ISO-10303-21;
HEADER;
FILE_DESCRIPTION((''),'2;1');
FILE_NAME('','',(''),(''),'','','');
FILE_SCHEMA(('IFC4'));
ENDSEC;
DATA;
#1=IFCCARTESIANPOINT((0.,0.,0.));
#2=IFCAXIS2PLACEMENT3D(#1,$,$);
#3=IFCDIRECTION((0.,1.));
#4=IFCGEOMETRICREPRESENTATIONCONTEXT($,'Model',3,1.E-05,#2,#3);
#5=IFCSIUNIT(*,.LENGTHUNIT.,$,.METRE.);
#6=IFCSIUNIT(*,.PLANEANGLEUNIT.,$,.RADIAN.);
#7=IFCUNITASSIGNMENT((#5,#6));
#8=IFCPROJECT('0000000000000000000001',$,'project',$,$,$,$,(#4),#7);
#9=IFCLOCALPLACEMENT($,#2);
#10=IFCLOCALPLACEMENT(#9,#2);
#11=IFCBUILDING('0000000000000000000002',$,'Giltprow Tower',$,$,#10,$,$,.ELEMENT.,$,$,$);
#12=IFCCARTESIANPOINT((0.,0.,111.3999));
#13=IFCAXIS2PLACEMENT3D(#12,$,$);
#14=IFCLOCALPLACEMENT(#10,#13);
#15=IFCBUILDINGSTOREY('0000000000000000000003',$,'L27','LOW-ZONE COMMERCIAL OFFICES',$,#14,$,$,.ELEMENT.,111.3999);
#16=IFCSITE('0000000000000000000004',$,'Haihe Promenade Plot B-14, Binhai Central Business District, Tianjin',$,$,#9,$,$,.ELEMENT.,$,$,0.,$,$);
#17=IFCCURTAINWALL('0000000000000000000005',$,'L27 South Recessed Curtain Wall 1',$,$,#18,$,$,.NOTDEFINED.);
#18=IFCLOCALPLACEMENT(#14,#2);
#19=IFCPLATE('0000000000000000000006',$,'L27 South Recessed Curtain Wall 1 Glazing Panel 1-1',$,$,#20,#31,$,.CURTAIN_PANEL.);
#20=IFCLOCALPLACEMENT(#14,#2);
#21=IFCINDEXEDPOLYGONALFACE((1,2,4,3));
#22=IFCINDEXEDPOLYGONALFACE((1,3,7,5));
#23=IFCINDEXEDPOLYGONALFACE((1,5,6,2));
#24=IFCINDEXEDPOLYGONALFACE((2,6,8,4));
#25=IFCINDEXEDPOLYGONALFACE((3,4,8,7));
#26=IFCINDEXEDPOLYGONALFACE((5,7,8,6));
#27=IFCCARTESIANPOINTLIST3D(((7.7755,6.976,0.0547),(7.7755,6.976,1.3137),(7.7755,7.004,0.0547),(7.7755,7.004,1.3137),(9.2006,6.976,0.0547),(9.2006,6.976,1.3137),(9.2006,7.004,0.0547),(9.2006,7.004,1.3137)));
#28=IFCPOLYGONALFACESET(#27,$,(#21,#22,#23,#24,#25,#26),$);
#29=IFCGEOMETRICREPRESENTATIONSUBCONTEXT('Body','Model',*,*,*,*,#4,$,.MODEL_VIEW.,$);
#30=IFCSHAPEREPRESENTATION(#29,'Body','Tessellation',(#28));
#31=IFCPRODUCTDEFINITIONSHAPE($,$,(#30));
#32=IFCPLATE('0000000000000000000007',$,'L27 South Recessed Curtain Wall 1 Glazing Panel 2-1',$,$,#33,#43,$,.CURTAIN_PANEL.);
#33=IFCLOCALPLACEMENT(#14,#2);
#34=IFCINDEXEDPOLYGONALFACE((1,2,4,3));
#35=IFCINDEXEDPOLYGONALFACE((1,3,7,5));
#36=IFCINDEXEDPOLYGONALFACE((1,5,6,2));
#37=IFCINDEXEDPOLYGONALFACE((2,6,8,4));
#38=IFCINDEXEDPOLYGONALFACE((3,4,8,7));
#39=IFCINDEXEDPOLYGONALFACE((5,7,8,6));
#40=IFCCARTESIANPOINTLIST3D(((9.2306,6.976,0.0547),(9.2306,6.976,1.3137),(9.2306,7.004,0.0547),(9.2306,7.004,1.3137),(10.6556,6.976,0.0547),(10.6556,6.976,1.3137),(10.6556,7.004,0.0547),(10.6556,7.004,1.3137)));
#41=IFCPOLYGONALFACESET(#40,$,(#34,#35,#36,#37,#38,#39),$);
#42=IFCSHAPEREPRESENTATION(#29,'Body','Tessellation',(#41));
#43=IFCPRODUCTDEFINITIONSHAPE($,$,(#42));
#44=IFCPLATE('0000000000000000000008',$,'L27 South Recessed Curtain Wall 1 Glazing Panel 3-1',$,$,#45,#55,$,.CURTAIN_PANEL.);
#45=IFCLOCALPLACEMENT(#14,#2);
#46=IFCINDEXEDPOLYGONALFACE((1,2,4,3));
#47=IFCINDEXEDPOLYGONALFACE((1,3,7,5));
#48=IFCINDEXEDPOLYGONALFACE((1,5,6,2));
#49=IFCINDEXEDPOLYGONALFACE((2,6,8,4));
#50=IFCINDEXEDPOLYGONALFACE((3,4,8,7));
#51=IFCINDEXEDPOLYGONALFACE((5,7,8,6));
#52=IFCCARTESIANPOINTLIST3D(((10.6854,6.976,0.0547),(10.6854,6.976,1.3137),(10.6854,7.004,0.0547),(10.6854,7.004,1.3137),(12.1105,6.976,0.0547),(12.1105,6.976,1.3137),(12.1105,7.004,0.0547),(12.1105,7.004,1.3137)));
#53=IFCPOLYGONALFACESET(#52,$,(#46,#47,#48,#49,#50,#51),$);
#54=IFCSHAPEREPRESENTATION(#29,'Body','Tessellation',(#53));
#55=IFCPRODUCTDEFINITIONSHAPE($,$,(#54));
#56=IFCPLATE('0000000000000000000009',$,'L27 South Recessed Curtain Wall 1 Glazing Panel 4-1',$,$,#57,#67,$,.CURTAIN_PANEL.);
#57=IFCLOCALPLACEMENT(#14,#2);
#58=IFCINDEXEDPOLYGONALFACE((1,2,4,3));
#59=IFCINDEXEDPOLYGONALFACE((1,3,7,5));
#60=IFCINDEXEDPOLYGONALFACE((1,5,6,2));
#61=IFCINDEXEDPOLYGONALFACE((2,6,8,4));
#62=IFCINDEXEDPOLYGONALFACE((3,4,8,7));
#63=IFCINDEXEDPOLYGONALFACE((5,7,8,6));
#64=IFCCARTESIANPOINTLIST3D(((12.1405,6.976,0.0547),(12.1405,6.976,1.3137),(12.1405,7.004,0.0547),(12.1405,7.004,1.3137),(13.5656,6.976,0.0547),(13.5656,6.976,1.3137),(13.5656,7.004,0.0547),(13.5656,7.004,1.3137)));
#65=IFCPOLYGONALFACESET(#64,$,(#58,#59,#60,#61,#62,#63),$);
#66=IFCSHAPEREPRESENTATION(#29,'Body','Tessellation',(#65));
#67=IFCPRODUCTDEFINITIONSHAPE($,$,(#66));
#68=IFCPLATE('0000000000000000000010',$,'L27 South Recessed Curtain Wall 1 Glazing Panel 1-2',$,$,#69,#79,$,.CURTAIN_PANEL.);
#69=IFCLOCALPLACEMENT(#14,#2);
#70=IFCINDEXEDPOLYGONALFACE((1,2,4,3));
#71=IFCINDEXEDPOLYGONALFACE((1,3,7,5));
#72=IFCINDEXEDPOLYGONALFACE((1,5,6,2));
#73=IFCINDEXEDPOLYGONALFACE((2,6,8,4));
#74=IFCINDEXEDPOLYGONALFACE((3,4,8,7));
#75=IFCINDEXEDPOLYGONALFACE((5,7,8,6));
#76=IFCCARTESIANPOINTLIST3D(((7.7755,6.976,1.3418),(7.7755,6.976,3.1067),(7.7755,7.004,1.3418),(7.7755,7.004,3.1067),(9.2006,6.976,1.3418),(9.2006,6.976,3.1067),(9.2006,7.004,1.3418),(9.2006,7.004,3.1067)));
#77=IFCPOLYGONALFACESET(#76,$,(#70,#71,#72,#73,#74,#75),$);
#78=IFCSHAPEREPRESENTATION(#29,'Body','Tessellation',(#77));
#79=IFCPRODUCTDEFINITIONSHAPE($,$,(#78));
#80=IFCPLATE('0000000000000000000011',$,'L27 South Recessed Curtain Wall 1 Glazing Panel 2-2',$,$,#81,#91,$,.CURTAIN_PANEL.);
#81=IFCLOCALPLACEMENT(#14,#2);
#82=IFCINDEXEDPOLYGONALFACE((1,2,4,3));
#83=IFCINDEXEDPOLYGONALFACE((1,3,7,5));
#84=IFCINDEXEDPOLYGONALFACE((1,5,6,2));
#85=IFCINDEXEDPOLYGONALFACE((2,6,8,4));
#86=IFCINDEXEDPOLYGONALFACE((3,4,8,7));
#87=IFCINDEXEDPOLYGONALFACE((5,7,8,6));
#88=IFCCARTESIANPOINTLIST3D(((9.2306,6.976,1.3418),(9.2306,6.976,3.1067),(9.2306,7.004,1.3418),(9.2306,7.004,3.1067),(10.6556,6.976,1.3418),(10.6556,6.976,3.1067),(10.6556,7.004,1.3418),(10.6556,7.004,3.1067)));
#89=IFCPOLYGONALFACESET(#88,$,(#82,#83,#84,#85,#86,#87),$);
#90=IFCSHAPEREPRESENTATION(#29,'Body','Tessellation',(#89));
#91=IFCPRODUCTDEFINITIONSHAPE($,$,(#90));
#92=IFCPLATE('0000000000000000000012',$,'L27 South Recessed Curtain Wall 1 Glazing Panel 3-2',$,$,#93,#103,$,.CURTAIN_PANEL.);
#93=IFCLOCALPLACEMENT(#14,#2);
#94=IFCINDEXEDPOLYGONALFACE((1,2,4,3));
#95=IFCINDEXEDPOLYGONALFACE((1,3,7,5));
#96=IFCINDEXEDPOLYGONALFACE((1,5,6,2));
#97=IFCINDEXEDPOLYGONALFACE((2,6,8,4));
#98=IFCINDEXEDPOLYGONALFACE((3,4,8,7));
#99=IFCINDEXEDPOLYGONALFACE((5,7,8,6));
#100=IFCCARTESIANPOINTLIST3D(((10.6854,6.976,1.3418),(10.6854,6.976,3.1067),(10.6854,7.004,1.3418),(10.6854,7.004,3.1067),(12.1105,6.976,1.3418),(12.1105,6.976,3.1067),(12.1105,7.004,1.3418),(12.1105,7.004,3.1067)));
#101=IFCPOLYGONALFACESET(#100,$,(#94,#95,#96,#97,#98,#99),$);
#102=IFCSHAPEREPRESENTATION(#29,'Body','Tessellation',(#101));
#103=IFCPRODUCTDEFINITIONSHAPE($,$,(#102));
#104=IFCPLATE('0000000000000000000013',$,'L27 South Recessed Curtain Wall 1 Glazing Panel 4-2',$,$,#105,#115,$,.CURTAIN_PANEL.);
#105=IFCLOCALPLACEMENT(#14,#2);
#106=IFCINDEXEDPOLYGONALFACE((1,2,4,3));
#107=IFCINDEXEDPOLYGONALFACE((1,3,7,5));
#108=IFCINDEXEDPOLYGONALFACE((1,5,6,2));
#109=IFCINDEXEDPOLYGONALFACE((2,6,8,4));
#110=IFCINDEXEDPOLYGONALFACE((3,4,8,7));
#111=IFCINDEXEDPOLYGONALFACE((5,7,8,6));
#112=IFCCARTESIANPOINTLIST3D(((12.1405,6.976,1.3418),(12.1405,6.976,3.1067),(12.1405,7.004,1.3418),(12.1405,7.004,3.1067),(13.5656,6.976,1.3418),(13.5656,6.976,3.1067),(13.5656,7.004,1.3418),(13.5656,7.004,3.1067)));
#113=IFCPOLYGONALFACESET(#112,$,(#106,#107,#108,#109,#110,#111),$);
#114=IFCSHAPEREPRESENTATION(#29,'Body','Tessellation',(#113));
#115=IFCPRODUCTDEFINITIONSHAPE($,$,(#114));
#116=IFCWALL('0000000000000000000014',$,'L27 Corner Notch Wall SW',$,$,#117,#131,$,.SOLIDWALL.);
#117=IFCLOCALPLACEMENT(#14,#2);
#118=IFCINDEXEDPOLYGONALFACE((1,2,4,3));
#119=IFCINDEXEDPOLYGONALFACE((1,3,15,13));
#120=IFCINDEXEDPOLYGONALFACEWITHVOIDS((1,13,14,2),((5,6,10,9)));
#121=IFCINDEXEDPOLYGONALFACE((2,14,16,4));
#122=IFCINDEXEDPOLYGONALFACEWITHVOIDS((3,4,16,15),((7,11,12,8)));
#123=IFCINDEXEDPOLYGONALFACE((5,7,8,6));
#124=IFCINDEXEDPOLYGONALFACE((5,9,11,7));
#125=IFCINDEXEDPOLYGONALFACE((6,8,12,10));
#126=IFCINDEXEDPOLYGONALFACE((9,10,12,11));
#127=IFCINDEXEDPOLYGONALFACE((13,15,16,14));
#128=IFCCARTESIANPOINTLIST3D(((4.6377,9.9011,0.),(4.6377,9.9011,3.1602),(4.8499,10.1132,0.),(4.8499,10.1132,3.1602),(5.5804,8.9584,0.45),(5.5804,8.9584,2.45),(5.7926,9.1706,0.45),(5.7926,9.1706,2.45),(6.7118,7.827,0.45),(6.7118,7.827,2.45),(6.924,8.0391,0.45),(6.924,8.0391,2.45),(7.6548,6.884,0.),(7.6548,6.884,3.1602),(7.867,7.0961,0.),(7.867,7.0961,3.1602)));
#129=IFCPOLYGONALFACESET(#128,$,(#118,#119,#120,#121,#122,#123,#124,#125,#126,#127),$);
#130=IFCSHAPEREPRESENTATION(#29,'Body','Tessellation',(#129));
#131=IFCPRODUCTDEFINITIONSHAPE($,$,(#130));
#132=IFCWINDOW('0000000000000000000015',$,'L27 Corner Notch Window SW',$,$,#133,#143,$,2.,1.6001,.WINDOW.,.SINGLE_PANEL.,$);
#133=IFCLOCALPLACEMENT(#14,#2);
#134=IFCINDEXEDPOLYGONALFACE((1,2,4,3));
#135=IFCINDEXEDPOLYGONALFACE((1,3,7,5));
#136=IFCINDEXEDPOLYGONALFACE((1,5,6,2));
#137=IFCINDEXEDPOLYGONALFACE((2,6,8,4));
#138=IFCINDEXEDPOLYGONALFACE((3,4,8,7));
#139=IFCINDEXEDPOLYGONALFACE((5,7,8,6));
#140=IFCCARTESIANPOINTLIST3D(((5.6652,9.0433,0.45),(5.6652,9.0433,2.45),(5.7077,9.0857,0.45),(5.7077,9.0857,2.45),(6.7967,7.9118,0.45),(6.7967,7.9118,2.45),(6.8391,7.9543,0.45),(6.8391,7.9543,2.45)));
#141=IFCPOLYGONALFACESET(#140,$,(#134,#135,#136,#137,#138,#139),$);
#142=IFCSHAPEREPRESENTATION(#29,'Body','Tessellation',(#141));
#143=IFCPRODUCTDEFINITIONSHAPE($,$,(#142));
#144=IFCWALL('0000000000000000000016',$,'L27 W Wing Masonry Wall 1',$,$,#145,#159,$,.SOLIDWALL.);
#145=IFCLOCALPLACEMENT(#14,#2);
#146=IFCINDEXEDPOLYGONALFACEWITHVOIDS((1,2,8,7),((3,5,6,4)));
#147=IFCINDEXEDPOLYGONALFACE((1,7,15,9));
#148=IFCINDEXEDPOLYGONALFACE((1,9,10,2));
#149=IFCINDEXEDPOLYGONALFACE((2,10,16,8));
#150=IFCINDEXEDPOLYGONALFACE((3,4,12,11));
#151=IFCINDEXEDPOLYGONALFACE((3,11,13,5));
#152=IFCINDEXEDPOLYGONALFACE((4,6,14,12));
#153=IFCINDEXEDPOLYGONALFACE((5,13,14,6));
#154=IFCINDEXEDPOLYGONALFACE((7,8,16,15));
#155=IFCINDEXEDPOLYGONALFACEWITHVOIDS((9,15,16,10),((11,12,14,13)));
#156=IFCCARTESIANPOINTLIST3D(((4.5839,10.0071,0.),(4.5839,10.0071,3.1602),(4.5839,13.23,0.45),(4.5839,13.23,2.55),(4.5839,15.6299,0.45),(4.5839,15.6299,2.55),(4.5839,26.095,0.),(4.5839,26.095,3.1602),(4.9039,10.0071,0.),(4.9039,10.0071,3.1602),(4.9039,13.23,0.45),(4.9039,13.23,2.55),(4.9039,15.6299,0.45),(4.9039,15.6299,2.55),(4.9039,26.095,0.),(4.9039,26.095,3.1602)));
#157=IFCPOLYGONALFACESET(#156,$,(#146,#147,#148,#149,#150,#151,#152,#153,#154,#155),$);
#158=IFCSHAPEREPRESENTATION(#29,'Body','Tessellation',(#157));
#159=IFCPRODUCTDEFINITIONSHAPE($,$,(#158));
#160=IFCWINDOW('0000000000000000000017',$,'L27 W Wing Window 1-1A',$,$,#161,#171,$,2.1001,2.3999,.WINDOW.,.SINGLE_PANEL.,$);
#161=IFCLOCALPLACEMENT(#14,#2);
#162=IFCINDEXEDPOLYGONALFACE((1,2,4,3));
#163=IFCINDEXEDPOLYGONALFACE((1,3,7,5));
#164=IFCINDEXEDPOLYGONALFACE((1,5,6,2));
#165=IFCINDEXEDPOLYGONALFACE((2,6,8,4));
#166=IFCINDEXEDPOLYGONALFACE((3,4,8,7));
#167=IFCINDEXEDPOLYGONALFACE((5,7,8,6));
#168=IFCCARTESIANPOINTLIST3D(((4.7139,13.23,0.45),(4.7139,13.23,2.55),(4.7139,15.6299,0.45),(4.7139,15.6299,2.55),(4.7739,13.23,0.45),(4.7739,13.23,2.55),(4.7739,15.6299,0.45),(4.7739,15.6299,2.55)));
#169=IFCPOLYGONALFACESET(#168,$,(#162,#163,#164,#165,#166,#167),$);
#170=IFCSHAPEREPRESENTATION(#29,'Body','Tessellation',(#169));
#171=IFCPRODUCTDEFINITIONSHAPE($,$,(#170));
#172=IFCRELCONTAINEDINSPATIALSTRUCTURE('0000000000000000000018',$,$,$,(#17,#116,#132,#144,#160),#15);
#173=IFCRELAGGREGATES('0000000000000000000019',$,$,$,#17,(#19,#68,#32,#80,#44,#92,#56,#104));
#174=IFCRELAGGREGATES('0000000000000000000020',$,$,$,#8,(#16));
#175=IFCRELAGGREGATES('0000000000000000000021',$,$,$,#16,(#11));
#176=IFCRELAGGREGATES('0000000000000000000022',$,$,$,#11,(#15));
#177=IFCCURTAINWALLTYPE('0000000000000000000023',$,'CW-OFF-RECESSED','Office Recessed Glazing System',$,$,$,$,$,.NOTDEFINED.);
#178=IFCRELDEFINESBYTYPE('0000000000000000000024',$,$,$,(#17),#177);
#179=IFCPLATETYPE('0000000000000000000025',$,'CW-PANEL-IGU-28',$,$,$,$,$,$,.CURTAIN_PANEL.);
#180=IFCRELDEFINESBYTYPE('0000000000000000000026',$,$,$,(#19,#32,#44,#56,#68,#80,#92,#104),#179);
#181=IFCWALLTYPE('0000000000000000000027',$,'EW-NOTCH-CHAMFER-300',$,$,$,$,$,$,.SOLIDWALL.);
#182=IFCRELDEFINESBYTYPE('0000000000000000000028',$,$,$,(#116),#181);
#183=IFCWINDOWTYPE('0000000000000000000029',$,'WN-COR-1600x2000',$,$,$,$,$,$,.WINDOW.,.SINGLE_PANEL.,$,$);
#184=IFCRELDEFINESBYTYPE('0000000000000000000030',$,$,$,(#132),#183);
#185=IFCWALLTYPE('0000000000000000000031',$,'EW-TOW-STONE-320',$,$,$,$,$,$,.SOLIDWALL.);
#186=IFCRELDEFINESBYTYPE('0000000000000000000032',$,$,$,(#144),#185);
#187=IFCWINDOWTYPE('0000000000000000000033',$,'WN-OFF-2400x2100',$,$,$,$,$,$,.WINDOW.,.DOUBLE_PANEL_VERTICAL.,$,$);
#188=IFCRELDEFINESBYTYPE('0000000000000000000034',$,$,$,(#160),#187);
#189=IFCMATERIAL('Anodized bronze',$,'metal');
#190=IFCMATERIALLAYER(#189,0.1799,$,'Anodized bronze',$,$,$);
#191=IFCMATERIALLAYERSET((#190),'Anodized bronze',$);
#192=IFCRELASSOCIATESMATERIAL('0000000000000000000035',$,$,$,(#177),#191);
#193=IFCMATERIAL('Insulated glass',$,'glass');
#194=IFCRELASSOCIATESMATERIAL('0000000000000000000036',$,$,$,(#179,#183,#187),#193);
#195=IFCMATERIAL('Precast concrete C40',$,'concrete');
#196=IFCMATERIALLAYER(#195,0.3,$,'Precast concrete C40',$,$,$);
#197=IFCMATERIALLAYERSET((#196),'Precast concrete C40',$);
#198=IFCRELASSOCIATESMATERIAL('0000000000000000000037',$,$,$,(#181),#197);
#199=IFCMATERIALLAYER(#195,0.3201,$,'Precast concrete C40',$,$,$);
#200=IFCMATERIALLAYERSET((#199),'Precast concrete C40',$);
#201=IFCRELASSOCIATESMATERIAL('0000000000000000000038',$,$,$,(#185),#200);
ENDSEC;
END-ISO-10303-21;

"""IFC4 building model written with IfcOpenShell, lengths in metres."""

from ifc_helpers import new_model, si_unit, direction, frame, frame_2d, origin, origin_2d, place, context, subcontext, project, spatial, rectangle, extrude, source, transform, mapped, material, layer, layer_set, type_object, element, fill, aggregate, save


model = new_model("IFC4")

# Units and contexts
model_context = context("Model", 3, precision=1e-05, world=origin(), true_north=direction((0.0, 1.0)))
body_context = subcontext(model_context, "Body", "Model", "MODEL_VIEW")
ifc_project = project(units=[si_unit("LENGTHUNIT", "METRE"), si_unit("PLANEANGLEUNIT", "RADIAN")], contexts=[model_context])

# Site, building, storey
site_placement = place(None, origin())
site = spatial("IfcSite", under=ifc_project, at=site_placement, Name="Haihe Promenade Plot B-14, Binhai Central Business District, Tianjin", CompositionType="ELEMENT", RefElevation=0.0)
building_placement = place(site_placement, origin())
building = spatial("IfcBuilding", under=site, at=building_placement, Name="Giltprow Tower", CompositionType="ELEMENT")
storey_placement = place(building_placement, frame((0.0, 0.0, 111.3999)))
storey = spatial("IfcBuildingStorey", under=building, at=storey_placement, Name="L27", Description="LOW-ZONE COMMERCIAL OFFICES", CompositionType="ELEMENT", Elevation=111.3999)

# Curtain wall
ifc_material_1 = material(Name="Anodized bronze", Category="metal")
ifc_layer_1 = layer(ifc_material_1, 0.1799, Name="Anodized bronze")
ifc_layer_set_1 = layer_set([ifc_layer_1], Name="Anodized bronze")
curtain_wall_type = type_object("IfcCurtainWallType", Name="CW-OFF-RECESSED", Description="Office Recessed Glazing System", PredefinedType="NOTDEFINED", material=ifc_layer_set_1)
curtain_wall_placement = place(storey_placement, origin())
curtain_wall = element("IfcCurtainWall", 1, at=curtain_wall_placement, inside=storey, type_object=curtain_wall_type, Name="L27 South Recessed Curtain Wall 1", PredefinedType="NOTDEFINED")

# Plates
ifc_material_2 = material(Name="Insulated glass", Category="glass")
plate_type = type_object("IfcPlateType", Name="CW-PANEL-IGU-28", PredefinedType="CURTAIN_PANEL", material=ifc_material_2)
shared_shape_1 = source(origin(), body_context, "Body", "SweptSolid", [
    extrude(rectangle(XDim=1.425, YDim=0.0281, at=origin_2d()), origin(), (0.0, 0.0, 1.0), 1.259),
])
plate_1_placement = place(storey_placement, frame((8.488, 6.99, 0.0547), z_axis=(0.0, 0.0, 1.0), x_axis=(1.0, 0.0, 0.0)))
plate_1 = element("IfcPlate", 2, at=plate_1_placement, type_object=plate_type, Name="L27 South Recessed Curtain Wall 1 Glazing Panel 1-1", PredefinedType="CURTAIN_PANEL", context=body_context, shape_type="MappedRepresentation", body=[
    mapped(shared_shape_1, transform((0.0, 0.0, 0.0), x_axis=(1.0, 0.0, 0.0), y_axis=(0.0, 1.0, 0.0), z_axis=(0.0, 0.0, 1.0), scale=1.0)),
])
plate_2_placement = place(storey_placement, frame((9.9431, 6.99, 0.0547), z_axis=(0.0, 0.0, 1.0), x_axis=(1.0, 0.0, 0.0)))
plate_2 = element("IfcPlate", 3, at=plate_2_placement, type_object=plate_type, Name="L27 South Recessed Curtain Wall 1 Glazing Panel 2-1", PredefinedType="CURTAIN_PANEL", context=body_context, shape_type="MappedRepresentation", body=[
    mapped(shared_shape_1, transform((0.0, 0.0, 0.0), x_axis=(1.0, 0.0, 0.0), y_axis=(0.0, 1.0, 0.0), z_axis=(0.0, 0.0, 1.0), scale=1.0)),
])
plate_3_placement = place(storey_placement, frame((11.3979, 6.99, 0.0547), z_axis=(0.0, 0.0, 1.0), x_axis=(1.0, 0.0, 0.0)))
plate_3 = element("IfcPlate", 4, at=plate_3_placement, type_object=plate_type, Name="L27 South Recessed Curtain Wall 1 Glazing Panel 3-1", PredefinedType="CURTAIN_PANEL", context=body_context, shape_type="MappedRepresentation", body=[
    mapped(shared_shape_1, transform((0.0, 0.0, 0.0), x_axis=(1.0, 0.0, 0.0), y_axis=(0.0, 1.0, 0.0), z_axis=(0.0, 0.0, 1.0), scale=1.0)),
])
plate_4_placement = place(storey_placement, frame((12.853, 6.99, 0.0547), z_axis=(0.0, 0.0, 1.0), x_axis=(1.0, 0.0, 0.0)))
plate_4 = element("IfcPlate", 5, at=plate_4_placement, type_object=plate_type, Name="L27 South Recessed Curtain Wall 1 Glazing Panel 4-1", PredefinedType="CURTAIN_PANEL", context=body_context, shape_type="MappedRepresentation", body=[
    mapped(shared_shape_1, transform((0.0, 0.0, 0.0), x_axis=(1.0, 0.0, 0.0), y_axis=(0.0, 1.0, 0.0), z_axis=(0.0, 0.0, 1.0), scale=1.0)),
])
shared_shape_2 = source(origin(), body_context, "Body", "SweptSolid", [
    extrude(rectangle(XDim=1.425, YDim=0.0281, at=origin_2d()), origin(), (0.0, 0.0, 1.0), 1.7649),
])
plate_5_placement = place(storey_placement, frame((8.488, 6.99, 1.3418), z_axis=(0.0, 0.0, 1.0), x_axis=(1.0, 0.0, 0.0)))
plate_5 = element("IfcPlate", 6, at=plate_5_placement, type_object=plate_type, Name="L27 South Recessed Curtain Wall 1 Glazing Panel 1-2", PredefinedType="CURTAIN_PANEL", context=body_context, shape_type="MappedRepresentation", body=[
    mapped(shared_shape_2, transform((0.0, 0.0, 0.0), x_axis=(1.0, 0.0, 0.0), y_axis=(0.0, 1.0, 0.0), z_axis=(0.0, 0.0, 1.0), scale=1.0)),
])
plate_6_placement = place(storey_placement, frame((9.9431, 6.99, 1.3418), z_axis=(0.0, 0.0, 1.0), x_axis=(1.0, 0.0, 0.0)))
plate_6 = element("IfcPlate", 7, at=plate_6_placement, type_object=plate_type, Name="L27 South Recessed Curtain Wall 1 Glazing Panel 2-2", PredefinedType="CURTAIN_PANEL", context=body_context, shape_type="MappedRepresentation", body=[
    mapped(shared_shape_2, transform((0.0, 0.0, 0.0), x_axis=(1.0, 0.0, 0.0), y_axis=(0.0, 1.0, 0.0), z_axis=(0.0, 0.0, 1.0), scale=1.0)),
])
plate_7_placement = place(storey_placement, frame((11.3979, 6.99, 1.3418), z_axis=(0.0, 0.0, 1.0), x_axis=(1.0, 0.0, 0.0)))
plate_7 = element("IfcPlate", 8, at=plate_7_placement, type_object=plate_type, Name="L27 South Recessed Curtain Wall 1 Glazing Panel 3-2", PredefinedType="CURTAIN_PANEL", context=body_context, shape_type="MappedRepresentation", body=[
    mapped(shared_shape_2, transform((0.0, 0.0, 0.0), x_axis=(1.0, 0.0, 0.0), y_axis=(0.0, 1.0, 0.0), z_axis=(0.0, 0.0, 1.0), scale=1.0)),
])
plate_8_placement = place(storey_placement, frame((12.853, 6.99, 1.3418), z_axis=(0.0, 0.0, 1.0), x_axis=(1.0, 0.0, 0.0)))
plate_8 = element("IfcPlate", 9, at=plate_8_placement, type_object=plate_type, Name="L27 South Recessed Curtain Wall 1 Glazing Panel 4-2", PredefinedType="CURTAIN_PANEL", context=body_context, shape_type="MappedRepresentation", body=[
    mapped(shared_shape_2, transform((0.0, 0.0, 0.0), x_axis=(1.0, 0.0, 0.0), y_axis=(0.0, 1.0, 0.0), z_axis=(0.0, 0.0, 1.0), scale=1.0)),
])
aggregate(curtain_wall, [plate_1, plate_5, plate_2, plate_6, plate_3, plate_7, plate_4, plate_8])

# Walls, openings, windows
ifc_material_3 = material(Name="Precast concrete C40", Category="concrete")
ifc_layer_2 = layer(ifc_material_3, 0.3, Name="Precast concrete C40")
ifc_layer_set_2 = layer_set([ifc_layer_2], Name="Precast concrete C40")
wall_type_1 = type_object("IfcWallType", Name="EW-NOTCH-CHAMFER-300", PredefinedType="SOLIDWALL", material=ifc_layer_set_2)
wall_1_placement = place(storey_placement, frame((4.7439, 10.0071, 0.0), z_axis=(0.0, 0.0, 1.0), x_axis=(0.707107, -0.707107, 0.0)))
wall_1 = element("IfcWall", 10, at=wall_1_placement, inside=storey, type_object=wall_type_1, Name="L27 Corner Notch Wall SW", PredefinedType="SOLIDWALL", context=body_context, shape_type="SweptSolid", body=[
    extrude(rectangle(XDim=4.2668, YDim=0.3, at=frame_2d((2.1333, 0.0))), origin(), (0.0, 0.0, 1.0), 3.1602),
])
opening_1_placement = place(wall_1_placement, frame((1.333, 0.0, 0.45)))
opening_1 = element("IfcOpeningElement", 11, at=opening_1_placement, cuts=wall_1, PredefinedType="OPENING", context=body_context, shape_type="SweptSolid", body=[
    extrude(rectangle(XDim=1.6001, YDim=2.0, at=frame_2d((0.8, 1.0))), frame((0.0, 0.1599, 0.0), z_axis=(0.0, -1.0, 0.0), x_axis=(1.0, 0.0, 0.0)), (0.0, 0.0, 1.0), 0.3201),
])
window_type_1 = type_object("IfcWindowType", Name="WN-COR-1600x2000", PartitioningType="SINGLE_PANEL", PredefinedType="WINDOW", material=ifc_material_2)
shared_shape_3 = source(origin(), body_context, "Body", "SweptSolid", [
    extrude(rectangle(XDim=1.6001, YDim=2.0, at=frame_2d((0.8, 1.0))), frame((0.0, 0.03, 0.0), z_axis=(0.0, -1.0, 0.0), x_axis=(1.0, 0.0, 0.0)), (0.0, 0.0, 1.0), 0.0601),
])
window_1_placement = place(opening_1_placement, origin())
window_1 = element("IfcWindow", 12, at=window_1_placement, inside=storey, type_object=window_type_1, Name="L27 Corner Notch Window SW", OverallHeight=2.0, OverallWidth=1.6001, PartitioningType="SINGLE_PANEL", PredefinedType="WINDOW", context=body_context, shape_type="MappedRepresentation", body=[
    mapped(shared_shape_3, transform((0.0, 0.0, 0.0), x_axis=(1.0, 0.0, 0.0), y_axis=(0.0, 1.0, 0.0), z_axis=(0.0, 0.0, 1.0), scale=1.0)),
])
fill(opening_1, window_1)
ifc_layer_3 = layer(ifc_material_3, 0.3201, Name="Precast concrete C40")
ifc_layer_set_3 = layer_set([ifc_layer_3], Name="Precast concrete C40")
wall_type_2 = type_object("IfcWallType", Name="EW-TOW-STONE-320", PredefinedType="SOLIDWALL", material=ifc_layer_set_3)
wall_2_placement = place(storey_placement, frame((4.7439, 10.0071, 0.0), z_axis=(0.0, 0.0, 1.0), x_axis=(0.0, 1.0, 0.0)))
wall_2 = element("IfcWall", 13, at=wall_2_placement, inside=storey, type_object=wall_type_2, Name="L27 W Wing Masonry Wall 1", PredefinedType="SOLIDWALL", context=body_context, shape_type="SweptSolid", body=[
    extrude(rectangle(XDim=16.0879, YDim=0.3201, at=frame_2d((8.0439, 0.0))), origin(), (0.0, 0.0, 1.0), 3.1602),
])
opening_2_placement = place(wall_2_placement, frame((3.2229, 0.0, 0.45)))
opening_2 = element("IfcOpeningElement", 14, at=opening_2_placement, cuts=wall_2, PredefinedType="OPENING", context=body_context, shape_type="SweptSolid", body=[
    extrude(rectangle(XDim=2.3999, YDim=2.1001, at=frame_2d((1.2, 1.05))), frame((0.0, 0.1699, 0.0), z_axis=(0.0, -1.0, 0.0), x_axis=(1.0, 0.0, 0.0)), (0.0, 0.0, 1.0), 0.3401),
])
window_type_2 = type_object("IfcWindowType", Name="WN-OFF-2400x2100", PartitioningType="DOUBLE_PANEL_VERTICAL", PredefinedType="WINDOW", material=ifc_material_2)
shared_shape_4 = source(origin(), body_context, "Body", "SweptSolid", [
    extrude(rectangle(XDim=2.3999, YDim=2.1001, at=frame_2d((1.2, 1.05))), frame((0.0, 0.03, 0.0), z_axis=(0.0, -1.0, 0.0), x_axis=(1.0, 0.0, 0.0)), (0.0, 0.0, 1.0), 0.0601),
])
window_2_placement = place(opening_2_placement, origin())
window_2 = element("IfcWindow", 15, at=window_2_placement, inside=storey, type_object=window_type_2, Name="L27 W Wing Window 1-1A", OverallHeight=2.1001, OverallWidth=2.3999, PartitioningType="SINGLE_PANEL", PredefinedType="WINDOW", context=body_context, shape_type="MappedRepresentation", body=[
    mapped(shared_shape_4, transform((0.0, 0.0, 0.0), x_axis=(1.0, 0.0, 0.0), y_axis=(0.0, 1.0, 0.0), z_axis=(0.0, 0.0, 1.0), scale=1.0)),
])
fill(opening_2, window_2)

save(model, "model.ifc")
